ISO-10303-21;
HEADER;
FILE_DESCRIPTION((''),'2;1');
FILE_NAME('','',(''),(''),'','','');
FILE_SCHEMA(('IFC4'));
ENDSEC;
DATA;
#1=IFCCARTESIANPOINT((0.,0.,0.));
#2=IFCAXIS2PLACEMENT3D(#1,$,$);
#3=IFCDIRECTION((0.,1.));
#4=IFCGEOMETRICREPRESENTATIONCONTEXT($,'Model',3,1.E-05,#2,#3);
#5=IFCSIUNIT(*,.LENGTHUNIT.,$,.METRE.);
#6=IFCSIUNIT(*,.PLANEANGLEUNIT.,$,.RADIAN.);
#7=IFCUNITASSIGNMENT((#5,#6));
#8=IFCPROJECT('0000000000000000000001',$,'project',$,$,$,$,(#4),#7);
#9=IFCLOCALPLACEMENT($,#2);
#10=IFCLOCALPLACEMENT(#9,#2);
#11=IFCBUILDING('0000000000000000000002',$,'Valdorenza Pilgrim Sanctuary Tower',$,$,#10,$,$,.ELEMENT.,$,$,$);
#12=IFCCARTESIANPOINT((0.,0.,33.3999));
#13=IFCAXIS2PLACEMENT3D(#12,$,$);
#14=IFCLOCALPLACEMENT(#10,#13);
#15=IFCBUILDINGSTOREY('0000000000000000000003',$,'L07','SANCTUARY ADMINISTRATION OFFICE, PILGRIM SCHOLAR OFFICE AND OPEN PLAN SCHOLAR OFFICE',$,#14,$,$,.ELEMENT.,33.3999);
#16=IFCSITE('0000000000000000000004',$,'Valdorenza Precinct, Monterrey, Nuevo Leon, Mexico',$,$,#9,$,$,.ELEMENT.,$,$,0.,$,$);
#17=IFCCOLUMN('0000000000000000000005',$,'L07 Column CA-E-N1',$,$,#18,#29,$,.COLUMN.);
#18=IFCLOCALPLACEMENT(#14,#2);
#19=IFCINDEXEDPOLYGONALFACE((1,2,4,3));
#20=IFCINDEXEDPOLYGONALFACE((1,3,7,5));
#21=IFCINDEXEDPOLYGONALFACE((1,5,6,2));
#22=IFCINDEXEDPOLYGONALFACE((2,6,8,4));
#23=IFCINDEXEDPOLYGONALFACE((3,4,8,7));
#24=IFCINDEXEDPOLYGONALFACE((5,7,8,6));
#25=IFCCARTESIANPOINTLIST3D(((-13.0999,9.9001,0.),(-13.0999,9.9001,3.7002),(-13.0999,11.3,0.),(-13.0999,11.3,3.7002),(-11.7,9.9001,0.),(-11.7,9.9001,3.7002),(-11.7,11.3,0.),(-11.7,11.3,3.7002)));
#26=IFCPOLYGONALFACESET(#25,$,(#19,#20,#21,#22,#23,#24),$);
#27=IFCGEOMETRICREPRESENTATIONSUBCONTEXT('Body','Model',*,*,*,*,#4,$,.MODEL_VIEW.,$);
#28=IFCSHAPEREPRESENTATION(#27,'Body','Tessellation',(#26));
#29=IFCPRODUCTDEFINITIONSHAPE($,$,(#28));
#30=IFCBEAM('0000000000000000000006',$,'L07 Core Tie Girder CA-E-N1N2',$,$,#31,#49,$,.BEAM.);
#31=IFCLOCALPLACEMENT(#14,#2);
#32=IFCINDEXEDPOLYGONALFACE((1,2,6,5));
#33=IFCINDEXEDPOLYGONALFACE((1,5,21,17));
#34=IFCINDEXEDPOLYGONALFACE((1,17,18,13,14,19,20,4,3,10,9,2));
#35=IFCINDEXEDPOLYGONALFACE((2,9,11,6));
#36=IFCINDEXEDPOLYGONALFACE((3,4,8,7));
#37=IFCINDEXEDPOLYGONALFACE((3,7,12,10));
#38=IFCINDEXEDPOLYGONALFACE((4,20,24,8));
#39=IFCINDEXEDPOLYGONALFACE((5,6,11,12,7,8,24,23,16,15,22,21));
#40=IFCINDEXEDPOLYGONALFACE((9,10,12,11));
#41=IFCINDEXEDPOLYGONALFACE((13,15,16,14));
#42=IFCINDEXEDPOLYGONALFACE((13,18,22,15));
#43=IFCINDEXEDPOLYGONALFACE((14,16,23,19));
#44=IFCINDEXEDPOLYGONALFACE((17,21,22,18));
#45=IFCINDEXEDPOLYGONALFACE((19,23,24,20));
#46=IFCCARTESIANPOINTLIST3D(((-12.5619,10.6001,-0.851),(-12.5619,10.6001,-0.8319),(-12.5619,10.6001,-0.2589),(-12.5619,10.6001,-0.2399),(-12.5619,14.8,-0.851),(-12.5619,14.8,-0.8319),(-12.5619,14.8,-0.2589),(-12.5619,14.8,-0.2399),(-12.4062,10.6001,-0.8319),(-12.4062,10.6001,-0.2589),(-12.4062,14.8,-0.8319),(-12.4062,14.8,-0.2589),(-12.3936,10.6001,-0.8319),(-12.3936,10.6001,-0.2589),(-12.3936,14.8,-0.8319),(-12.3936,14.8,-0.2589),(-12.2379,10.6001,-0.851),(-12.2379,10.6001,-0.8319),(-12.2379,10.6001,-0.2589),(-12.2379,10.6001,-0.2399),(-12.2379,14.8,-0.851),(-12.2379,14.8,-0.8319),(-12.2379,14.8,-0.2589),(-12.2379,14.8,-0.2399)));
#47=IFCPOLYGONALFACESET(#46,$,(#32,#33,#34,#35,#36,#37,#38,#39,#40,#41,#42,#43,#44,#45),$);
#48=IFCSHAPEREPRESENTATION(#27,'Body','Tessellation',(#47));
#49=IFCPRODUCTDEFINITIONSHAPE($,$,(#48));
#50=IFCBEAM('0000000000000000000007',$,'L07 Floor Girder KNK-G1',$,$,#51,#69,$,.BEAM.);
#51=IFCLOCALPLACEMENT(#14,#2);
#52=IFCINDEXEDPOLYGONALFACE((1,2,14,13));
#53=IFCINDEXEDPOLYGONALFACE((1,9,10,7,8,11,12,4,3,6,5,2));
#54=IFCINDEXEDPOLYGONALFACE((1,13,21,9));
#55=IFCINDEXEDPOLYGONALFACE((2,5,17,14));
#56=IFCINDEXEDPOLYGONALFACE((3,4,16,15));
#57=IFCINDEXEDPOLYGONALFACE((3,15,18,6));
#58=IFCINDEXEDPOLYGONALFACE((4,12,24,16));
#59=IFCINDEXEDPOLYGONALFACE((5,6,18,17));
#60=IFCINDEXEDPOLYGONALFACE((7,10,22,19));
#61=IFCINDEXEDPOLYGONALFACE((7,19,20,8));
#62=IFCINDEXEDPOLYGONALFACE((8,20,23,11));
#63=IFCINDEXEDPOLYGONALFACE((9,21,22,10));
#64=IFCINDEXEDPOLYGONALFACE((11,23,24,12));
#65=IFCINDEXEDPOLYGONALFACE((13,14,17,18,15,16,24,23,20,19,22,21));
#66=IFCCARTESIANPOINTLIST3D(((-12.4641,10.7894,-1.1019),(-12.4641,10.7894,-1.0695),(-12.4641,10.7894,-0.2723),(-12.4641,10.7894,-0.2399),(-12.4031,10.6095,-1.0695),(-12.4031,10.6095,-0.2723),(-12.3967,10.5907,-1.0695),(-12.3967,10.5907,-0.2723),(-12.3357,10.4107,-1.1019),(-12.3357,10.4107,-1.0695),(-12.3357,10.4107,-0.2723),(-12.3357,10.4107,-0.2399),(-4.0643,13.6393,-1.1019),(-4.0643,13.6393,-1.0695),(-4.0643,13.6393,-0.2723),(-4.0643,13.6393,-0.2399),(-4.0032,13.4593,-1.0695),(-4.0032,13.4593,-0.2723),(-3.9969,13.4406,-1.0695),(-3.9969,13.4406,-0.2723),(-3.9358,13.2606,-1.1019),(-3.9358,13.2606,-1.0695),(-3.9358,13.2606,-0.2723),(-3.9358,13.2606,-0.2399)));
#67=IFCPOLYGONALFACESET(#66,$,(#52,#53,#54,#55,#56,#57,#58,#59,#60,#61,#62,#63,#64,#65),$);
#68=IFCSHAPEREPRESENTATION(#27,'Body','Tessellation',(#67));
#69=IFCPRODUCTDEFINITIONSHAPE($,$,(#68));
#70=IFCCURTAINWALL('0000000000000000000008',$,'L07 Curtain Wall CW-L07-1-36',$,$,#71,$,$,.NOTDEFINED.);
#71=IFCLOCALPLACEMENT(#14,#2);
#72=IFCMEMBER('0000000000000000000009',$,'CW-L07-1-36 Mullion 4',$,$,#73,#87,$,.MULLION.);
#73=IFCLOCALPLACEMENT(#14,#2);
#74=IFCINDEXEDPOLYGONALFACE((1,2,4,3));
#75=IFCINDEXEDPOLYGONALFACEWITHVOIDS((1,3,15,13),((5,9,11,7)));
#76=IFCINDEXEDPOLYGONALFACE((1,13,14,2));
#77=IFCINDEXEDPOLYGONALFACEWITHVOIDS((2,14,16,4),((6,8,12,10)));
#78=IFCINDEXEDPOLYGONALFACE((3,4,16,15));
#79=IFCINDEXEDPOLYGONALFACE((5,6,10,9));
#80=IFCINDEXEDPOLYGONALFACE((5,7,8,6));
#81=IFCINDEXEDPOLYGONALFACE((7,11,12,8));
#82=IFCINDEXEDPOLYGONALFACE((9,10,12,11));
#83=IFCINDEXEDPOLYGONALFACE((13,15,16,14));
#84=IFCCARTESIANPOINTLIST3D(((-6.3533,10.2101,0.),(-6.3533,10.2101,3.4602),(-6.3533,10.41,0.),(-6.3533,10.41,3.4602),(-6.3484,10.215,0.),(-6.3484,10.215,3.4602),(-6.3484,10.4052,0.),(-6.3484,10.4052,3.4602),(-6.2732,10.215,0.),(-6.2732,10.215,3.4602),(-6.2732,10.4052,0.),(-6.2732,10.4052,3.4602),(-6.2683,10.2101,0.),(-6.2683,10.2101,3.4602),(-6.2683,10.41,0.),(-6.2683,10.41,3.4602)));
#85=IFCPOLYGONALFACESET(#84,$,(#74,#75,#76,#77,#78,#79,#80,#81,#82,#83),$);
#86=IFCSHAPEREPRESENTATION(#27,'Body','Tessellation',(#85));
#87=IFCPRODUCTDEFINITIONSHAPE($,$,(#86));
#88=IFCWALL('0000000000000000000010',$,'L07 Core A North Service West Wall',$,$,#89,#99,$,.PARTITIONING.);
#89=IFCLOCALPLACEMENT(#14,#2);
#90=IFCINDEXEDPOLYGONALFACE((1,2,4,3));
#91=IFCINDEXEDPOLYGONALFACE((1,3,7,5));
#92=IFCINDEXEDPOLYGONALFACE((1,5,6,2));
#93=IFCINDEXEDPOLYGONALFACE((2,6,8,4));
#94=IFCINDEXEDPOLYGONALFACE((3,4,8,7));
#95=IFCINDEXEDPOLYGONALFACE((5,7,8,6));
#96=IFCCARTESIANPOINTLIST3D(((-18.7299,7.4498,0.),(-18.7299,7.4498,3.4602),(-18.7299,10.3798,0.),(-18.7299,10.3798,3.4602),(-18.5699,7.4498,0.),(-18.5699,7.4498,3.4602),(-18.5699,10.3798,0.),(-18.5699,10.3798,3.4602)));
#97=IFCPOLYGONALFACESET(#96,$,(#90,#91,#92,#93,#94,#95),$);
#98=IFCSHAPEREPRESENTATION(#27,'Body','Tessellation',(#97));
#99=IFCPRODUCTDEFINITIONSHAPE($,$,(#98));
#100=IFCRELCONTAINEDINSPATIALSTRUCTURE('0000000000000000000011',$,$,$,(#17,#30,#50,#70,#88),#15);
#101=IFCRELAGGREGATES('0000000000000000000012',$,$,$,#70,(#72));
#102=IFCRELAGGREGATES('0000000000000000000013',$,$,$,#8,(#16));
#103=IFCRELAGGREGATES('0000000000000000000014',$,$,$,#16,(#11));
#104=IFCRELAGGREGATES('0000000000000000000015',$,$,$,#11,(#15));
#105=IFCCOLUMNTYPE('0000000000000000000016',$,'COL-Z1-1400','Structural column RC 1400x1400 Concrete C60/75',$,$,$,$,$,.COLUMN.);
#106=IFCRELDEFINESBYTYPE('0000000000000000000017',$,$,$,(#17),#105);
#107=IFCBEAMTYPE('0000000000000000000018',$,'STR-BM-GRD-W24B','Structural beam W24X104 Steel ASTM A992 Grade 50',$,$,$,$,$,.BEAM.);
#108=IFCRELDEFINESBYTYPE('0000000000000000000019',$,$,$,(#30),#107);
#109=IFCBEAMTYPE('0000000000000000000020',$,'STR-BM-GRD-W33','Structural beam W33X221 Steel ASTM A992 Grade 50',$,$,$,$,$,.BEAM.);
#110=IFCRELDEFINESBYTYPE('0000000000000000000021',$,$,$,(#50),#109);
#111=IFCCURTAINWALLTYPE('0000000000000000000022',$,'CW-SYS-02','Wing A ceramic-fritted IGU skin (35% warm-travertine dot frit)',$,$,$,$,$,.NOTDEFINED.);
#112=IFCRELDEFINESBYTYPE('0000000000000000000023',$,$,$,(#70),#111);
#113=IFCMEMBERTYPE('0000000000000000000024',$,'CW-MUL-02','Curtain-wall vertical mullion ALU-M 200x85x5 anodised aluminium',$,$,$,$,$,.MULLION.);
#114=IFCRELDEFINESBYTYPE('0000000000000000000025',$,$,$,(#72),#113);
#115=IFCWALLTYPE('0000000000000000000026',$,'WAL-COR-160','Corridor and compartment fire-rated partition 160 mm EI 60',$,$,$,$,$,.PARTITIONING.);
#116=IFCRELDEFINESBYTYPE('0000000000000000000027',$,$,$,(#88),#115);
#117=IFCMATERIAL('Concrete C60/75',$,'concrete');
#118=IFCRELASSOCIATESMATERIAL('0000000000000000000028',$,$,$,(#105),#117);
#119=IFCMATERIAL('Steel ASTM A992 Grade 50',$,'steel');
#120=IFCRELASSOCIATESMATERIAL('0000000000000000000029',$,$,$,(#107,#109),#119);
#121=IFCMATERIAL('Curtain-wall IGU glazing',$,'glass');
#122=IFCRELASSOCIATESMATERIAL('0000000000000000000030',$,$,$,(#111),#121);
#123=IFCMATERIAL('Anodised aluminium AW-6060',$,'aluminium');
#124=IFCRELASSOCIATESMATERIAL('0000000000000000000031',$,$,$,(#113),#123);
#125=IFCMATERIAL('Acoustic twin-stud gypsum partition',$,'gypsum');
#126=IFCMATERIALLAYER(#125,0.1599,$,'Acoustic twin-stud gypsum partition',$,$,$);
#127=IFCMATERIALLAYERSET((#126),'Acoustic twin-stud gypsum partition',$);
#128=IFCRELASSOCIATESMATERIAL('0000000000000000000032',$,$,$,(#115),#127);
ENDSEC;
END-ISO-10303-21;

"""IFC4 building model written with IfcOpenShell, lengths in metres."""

from ifc_helpers import new_model, si_unit, direction, frame, frame_2d, origin, origin_2d, place, context, subcontext, project, spatial, rectangle, hollow_rectangle, i_section, extrude, source, transform, mapped, material, layer, layer_set, material_profile, profile_set, type_object, element, aggregate, save


model = new_model("IFC4")

# Units and contexts
model_context = context("Model", 3, precision=1e-05, world=origin(), true_north=direction((0.0, 1.0)))
body_context = subcontext(model_context, "Body", "Model", "MODEL_VIEW")
ifc_project = project(units=[si_unit("LENGTHUNIT", "METRE"), si_unit("PLANEANGLEUNIT", "RADIAN")], contexts=[model_context])

# Site, building, storey
site_placement = place(None, origin())
site = spatial("IfcSite", under=ifc_project, at=site_placement, Name="Valdorenza Precinct, Monterrey, Nuevo Leon, Mexico", CompositionType="ELEMENT", RefElevation=0.0)
building_placement = place(site_placement, origin())
building = spatial("IfcBuilding", under=site, at=building_placement, Name="Valdorenza Pilgrim Sanctuary Tower", CompositionType="ELEMENT")
storey_placement = place(building_placement, frame((0.0, 0.0, 33.3999)))
storey = spatial("IfcBuildingStorey", under=building, at=storey_placement, Name="L07", Description="SANCTUARY ADMINISTRATION OFFICE, PILGRIM SCHOLAR OFFICE AND OPEN PLAN SCHOLAR OFFICE", CompositionType="ELEMENT", Elevation=33.3999)

# Column
ifc_material_1 = material(Name="Concrete C60/75", Category="concrete")
ifc_material_profile_1 = material_profile(ifc_material_1, rectangle(XDim=1.3999, YDim=1.3999, at=origin_2d()), Name="RC 1400x1400")
ifc_profile_set_1 = profile_set([ifc_material_profile_1], Name="Concrete C60/75")
column_type = type_object("IfcColumnType", Name="COL-Z1-1400", Description="Structural column RC 1400x1400 Concrete C60/75", PredefinedType="COLUMN", material=ifc_profile_set_1)
shared_shape_1 = source(origin(), body_context, "Body", "SweptSolid", [
    extrude(rectangle(XDim=1.3999, YDim=1.3999, at=origin_2d()), origin(), (0.0, 0.0, 1.0), 3.7002),
])
column_placement = place(storey_placement, frame((-12.3999, 10.6001, 0.0), z_axis=(0.0, 0.0, 1.0), x_axis=(1.0, 0.0, 0.0)))
element("IfcColumn", 1, at=column_placement, inside=storey, type_object=column_type, Name="L07 Column CA-E-N1", PredefinedType="COLUMN", context=body_context, shape_type="MappedRepresentation", body=[
    mapped(shared_shape_1, transform((0.0, 0.0, 0.0), x_axis=(1.0, 0.0, 0.0), y_axis=(0.0, 1.0, 0.0), z_axis=(0.0, 0.0, 1.0), scale=1.0)),
])

# Beams
ifc_material_2 = material(Name="Steel ASTM A992 Grade 50", Category="steel")
ifc_material_profile_2 = material_profile(ifc_material_2, i_section(OverallWidth=0.324, OverallDepth=0.6111, WebThickness=0.0127, FlangeThickness=0.019, at=origin_2d()), Name="W24X104")
ifc_profile_set_2 = profile_set([ifc_material_profile_2], Name="Steel ASTM A992 Grade 50")
beam_type_1 = type_object("IfcBeamType", Name="STR-BM-GRD-W24B", Description="Structural beam W24X104 Steel ASTM A992 Grade 50", PredefinedType="BEAM", material=ifc_profile_set_2)
shared_shape_2 = source(origin(), body_context, "Body", "SweptSolid", [
    extrude(i_section(OverallWidth=0.324, OverallDepth=0.6111, WebThickness=0.0127, FlangeThickness=0.019, at=origin_2d()), origin(), (0.0, 0.0, 1.0), 4.2),
])
beam_1_placement = place(storey_placement, frame((-12.3999, 10.6001, -0.5454), z_axis=(0.0, 1.0, 0.0), x_axis=(-1.0, 0.0, 0.0)))
element("IfcBeam", 2, at=beam_1_placement, inside=storey, type_object=beam_type_1, Name="L07 Core Tie Girder CA-E-N1N2", PredefinedType="BEAM", context=body_context, shape_type="MappedRepresentation", body=[
    mapped(shared_shape_2, transform((0.0, 0.0, 0.0), x_axis=(1.0, 0.0, 0.0), y_axis=(0.0, 1.0, 0.0), z_axis=(0.0, 0.0, 1.0), scale=1.0)),
])
ifc_material_profile_3 = material_profile(ifc_material_2, i_section(OverallWidth=0.3999, OverallDepth=0.8621, WebThickness=0.0198, FlangeThickness=0.0325, at=origin_2d()), Name="W33X221")
ifc_profile_set_3 = profile_set([ifc_material_profile_3], Name="Steel ASTM A992 Grade 50")
beam_type_2 = type_object("IfcBeamType", Name="STR-BM-GRD-W33", Description="Structural beam W33X221 Steel ASTM A992 Grade 50", PredefinedType="BEAM", material=ifc_profile_set_3)
shared_shape_3 = source(origin(), body_context, "Body", "SweptSolid", [
    extrude(i_section(OverallWidth=0.3999, OverallDepth=0.8621, WebThickness=0.0198, FlangeThickness=0.0325, at=origin_2d()), origin(), (0.0, 0.0, 1.0), 8.8701),
])
beam_2_placement = place(storey_placement, frame((-12.3999, 10.6001, -0.6709), z_axis=(0.946983, 0.321285, 0.0), x_axis=(-0.321285, 0.946983, 0.0)))
element("IfcBeam", 3, at=beam_2_placement, inside=storey, type_object=beam_type_2, Name="L07 Floor Girder KNK-G1", PredefinedType="BEAM", context=body_context, shape_type="MappedRepresentation", body=[
    mapped(shared_shape_3, transform((0.0, 0.0, 0.0), x_axis=(1.0, 0.0, 0.0), y_axis=(0.0, 1.0, 0.0), z_axis=(0.0, 0.0, 1.0), scale=1.0)),
])

# Curtain wall, member
ifc_material_3 = material(Name="Curtain-wall IGU glazing", Category="glass")
curtain_wall_type = type_object("IfcCurtainWallType", Name="CW-SYS-02", Description="Wing A ceramic-fritted IGU skin (35% warm-travertine dot frit)", PredefinedType="NOTDEFINED", material=ifc_material_3)
curtain_wall_placement = place(storey_placement, origin())
curtain_wall = element("IfcCurtainWall", 4, at=curtain_wall_placement, inside=storey, type_object=curtain_wall_type, Name="L07 Curtain Wall CW-L07-1-36", PredefinedType="NOTDEFINED")
ifc_material_4 = material(Name="Anodised aluminium AW-6060", Category="aluminium")
ifc_material_profile_4 = material_profile(ifc_material_4, hollow_rectangle(XDim=0.085, YDim=0.2, WallThickness=0.0049, at=origin_2d()), Name="ALU-M 200x85x5")
ifc_profile_set_4 = profile_set([ifc_material_profile_4], Name="Anodised aluminium AW-6060")
member_type = type_object("IfcMemberType", Name="CW-MUL-02", Description="Curtain-wall vertical mullion ALU-M 200x85x5 anodised aluminium", PredefinedType="MULLION", material=ifc_profile_set_4)
shared_shape_4 = source(origin(), body_context, "Body", "SweptSolid", [
    extrude(hollow_rectangle(XDim=0.085, YDim=0.2, WallThickness=0.0049, at=origin_2d()), origin(), (0.0, 0.0, 1.0), 3.4602),
])
member_placement = place(storey_placement, frame((-6.3108, 10.3101, 0.0), z_axis=(0.0, 0.0, 1.0), x_axis=(-1.0, 0.0, 0.0)))
member = element("IfcMember", 5, at=member_placement, type_object=member_type, Name="CW-L07-1-36 Mullion 4", PredefinedType="MULLION", context=body_context, shape_type="MappedRepresentation", body=[
    mapped(shared_shape_4, transform((0.0, 0.0, 0.0), x_axis=(1.0, 0.0, 0.0), y_axis=(0.0, 1.0, 0.0), z_axis=(0.0, 0.0, 1.0), scale=1.0)),
])
aggregate(curtain_wall, [member])

# Wall
ifc_material_5 = material(Name="Acoustic twin-stud gypsum partition", Category="gypsum")
ifc_layer_1 = layer(ifc_material_5, 0.1599, Name="Acoustic twin-stud gypsum partition")
ifc_layer_set_1 = layer_set([ifc_layer_1], Name="Acoustic twin-stud gypsum partition")
wall_type_1 = type_object("IfcWallType", Name="WAL-COR-160", Description="Corridor and compartment fire-rated partition 160 mm EI 60", PredefinedType="PARTITIONING", material=ifc_layer_set_1)
wall_1_placement = place(storey_placement, frame((-18.6499, 7.45, 0.0), z_axis=(0.0, 0.0, 1.0), x_axis=(0.0, 1.0, 0.0)))
element("IfcWall", 6, at=wall_1_placement, inside=storey, type_object=wall_type_1, Name="L07 Core A North Service West Wall", PredefinedType="PARTITIONING", context=body_context, shape_type="SweptSolid", body=[
    extrude(rectangle(XDim=2.9299, YDim=0.1599, at=frame_2d((1.4648, 0.0))), origin(), (0.0, 0.0, 1.0), 3.4602),
])

save(model, "model.ifc")
